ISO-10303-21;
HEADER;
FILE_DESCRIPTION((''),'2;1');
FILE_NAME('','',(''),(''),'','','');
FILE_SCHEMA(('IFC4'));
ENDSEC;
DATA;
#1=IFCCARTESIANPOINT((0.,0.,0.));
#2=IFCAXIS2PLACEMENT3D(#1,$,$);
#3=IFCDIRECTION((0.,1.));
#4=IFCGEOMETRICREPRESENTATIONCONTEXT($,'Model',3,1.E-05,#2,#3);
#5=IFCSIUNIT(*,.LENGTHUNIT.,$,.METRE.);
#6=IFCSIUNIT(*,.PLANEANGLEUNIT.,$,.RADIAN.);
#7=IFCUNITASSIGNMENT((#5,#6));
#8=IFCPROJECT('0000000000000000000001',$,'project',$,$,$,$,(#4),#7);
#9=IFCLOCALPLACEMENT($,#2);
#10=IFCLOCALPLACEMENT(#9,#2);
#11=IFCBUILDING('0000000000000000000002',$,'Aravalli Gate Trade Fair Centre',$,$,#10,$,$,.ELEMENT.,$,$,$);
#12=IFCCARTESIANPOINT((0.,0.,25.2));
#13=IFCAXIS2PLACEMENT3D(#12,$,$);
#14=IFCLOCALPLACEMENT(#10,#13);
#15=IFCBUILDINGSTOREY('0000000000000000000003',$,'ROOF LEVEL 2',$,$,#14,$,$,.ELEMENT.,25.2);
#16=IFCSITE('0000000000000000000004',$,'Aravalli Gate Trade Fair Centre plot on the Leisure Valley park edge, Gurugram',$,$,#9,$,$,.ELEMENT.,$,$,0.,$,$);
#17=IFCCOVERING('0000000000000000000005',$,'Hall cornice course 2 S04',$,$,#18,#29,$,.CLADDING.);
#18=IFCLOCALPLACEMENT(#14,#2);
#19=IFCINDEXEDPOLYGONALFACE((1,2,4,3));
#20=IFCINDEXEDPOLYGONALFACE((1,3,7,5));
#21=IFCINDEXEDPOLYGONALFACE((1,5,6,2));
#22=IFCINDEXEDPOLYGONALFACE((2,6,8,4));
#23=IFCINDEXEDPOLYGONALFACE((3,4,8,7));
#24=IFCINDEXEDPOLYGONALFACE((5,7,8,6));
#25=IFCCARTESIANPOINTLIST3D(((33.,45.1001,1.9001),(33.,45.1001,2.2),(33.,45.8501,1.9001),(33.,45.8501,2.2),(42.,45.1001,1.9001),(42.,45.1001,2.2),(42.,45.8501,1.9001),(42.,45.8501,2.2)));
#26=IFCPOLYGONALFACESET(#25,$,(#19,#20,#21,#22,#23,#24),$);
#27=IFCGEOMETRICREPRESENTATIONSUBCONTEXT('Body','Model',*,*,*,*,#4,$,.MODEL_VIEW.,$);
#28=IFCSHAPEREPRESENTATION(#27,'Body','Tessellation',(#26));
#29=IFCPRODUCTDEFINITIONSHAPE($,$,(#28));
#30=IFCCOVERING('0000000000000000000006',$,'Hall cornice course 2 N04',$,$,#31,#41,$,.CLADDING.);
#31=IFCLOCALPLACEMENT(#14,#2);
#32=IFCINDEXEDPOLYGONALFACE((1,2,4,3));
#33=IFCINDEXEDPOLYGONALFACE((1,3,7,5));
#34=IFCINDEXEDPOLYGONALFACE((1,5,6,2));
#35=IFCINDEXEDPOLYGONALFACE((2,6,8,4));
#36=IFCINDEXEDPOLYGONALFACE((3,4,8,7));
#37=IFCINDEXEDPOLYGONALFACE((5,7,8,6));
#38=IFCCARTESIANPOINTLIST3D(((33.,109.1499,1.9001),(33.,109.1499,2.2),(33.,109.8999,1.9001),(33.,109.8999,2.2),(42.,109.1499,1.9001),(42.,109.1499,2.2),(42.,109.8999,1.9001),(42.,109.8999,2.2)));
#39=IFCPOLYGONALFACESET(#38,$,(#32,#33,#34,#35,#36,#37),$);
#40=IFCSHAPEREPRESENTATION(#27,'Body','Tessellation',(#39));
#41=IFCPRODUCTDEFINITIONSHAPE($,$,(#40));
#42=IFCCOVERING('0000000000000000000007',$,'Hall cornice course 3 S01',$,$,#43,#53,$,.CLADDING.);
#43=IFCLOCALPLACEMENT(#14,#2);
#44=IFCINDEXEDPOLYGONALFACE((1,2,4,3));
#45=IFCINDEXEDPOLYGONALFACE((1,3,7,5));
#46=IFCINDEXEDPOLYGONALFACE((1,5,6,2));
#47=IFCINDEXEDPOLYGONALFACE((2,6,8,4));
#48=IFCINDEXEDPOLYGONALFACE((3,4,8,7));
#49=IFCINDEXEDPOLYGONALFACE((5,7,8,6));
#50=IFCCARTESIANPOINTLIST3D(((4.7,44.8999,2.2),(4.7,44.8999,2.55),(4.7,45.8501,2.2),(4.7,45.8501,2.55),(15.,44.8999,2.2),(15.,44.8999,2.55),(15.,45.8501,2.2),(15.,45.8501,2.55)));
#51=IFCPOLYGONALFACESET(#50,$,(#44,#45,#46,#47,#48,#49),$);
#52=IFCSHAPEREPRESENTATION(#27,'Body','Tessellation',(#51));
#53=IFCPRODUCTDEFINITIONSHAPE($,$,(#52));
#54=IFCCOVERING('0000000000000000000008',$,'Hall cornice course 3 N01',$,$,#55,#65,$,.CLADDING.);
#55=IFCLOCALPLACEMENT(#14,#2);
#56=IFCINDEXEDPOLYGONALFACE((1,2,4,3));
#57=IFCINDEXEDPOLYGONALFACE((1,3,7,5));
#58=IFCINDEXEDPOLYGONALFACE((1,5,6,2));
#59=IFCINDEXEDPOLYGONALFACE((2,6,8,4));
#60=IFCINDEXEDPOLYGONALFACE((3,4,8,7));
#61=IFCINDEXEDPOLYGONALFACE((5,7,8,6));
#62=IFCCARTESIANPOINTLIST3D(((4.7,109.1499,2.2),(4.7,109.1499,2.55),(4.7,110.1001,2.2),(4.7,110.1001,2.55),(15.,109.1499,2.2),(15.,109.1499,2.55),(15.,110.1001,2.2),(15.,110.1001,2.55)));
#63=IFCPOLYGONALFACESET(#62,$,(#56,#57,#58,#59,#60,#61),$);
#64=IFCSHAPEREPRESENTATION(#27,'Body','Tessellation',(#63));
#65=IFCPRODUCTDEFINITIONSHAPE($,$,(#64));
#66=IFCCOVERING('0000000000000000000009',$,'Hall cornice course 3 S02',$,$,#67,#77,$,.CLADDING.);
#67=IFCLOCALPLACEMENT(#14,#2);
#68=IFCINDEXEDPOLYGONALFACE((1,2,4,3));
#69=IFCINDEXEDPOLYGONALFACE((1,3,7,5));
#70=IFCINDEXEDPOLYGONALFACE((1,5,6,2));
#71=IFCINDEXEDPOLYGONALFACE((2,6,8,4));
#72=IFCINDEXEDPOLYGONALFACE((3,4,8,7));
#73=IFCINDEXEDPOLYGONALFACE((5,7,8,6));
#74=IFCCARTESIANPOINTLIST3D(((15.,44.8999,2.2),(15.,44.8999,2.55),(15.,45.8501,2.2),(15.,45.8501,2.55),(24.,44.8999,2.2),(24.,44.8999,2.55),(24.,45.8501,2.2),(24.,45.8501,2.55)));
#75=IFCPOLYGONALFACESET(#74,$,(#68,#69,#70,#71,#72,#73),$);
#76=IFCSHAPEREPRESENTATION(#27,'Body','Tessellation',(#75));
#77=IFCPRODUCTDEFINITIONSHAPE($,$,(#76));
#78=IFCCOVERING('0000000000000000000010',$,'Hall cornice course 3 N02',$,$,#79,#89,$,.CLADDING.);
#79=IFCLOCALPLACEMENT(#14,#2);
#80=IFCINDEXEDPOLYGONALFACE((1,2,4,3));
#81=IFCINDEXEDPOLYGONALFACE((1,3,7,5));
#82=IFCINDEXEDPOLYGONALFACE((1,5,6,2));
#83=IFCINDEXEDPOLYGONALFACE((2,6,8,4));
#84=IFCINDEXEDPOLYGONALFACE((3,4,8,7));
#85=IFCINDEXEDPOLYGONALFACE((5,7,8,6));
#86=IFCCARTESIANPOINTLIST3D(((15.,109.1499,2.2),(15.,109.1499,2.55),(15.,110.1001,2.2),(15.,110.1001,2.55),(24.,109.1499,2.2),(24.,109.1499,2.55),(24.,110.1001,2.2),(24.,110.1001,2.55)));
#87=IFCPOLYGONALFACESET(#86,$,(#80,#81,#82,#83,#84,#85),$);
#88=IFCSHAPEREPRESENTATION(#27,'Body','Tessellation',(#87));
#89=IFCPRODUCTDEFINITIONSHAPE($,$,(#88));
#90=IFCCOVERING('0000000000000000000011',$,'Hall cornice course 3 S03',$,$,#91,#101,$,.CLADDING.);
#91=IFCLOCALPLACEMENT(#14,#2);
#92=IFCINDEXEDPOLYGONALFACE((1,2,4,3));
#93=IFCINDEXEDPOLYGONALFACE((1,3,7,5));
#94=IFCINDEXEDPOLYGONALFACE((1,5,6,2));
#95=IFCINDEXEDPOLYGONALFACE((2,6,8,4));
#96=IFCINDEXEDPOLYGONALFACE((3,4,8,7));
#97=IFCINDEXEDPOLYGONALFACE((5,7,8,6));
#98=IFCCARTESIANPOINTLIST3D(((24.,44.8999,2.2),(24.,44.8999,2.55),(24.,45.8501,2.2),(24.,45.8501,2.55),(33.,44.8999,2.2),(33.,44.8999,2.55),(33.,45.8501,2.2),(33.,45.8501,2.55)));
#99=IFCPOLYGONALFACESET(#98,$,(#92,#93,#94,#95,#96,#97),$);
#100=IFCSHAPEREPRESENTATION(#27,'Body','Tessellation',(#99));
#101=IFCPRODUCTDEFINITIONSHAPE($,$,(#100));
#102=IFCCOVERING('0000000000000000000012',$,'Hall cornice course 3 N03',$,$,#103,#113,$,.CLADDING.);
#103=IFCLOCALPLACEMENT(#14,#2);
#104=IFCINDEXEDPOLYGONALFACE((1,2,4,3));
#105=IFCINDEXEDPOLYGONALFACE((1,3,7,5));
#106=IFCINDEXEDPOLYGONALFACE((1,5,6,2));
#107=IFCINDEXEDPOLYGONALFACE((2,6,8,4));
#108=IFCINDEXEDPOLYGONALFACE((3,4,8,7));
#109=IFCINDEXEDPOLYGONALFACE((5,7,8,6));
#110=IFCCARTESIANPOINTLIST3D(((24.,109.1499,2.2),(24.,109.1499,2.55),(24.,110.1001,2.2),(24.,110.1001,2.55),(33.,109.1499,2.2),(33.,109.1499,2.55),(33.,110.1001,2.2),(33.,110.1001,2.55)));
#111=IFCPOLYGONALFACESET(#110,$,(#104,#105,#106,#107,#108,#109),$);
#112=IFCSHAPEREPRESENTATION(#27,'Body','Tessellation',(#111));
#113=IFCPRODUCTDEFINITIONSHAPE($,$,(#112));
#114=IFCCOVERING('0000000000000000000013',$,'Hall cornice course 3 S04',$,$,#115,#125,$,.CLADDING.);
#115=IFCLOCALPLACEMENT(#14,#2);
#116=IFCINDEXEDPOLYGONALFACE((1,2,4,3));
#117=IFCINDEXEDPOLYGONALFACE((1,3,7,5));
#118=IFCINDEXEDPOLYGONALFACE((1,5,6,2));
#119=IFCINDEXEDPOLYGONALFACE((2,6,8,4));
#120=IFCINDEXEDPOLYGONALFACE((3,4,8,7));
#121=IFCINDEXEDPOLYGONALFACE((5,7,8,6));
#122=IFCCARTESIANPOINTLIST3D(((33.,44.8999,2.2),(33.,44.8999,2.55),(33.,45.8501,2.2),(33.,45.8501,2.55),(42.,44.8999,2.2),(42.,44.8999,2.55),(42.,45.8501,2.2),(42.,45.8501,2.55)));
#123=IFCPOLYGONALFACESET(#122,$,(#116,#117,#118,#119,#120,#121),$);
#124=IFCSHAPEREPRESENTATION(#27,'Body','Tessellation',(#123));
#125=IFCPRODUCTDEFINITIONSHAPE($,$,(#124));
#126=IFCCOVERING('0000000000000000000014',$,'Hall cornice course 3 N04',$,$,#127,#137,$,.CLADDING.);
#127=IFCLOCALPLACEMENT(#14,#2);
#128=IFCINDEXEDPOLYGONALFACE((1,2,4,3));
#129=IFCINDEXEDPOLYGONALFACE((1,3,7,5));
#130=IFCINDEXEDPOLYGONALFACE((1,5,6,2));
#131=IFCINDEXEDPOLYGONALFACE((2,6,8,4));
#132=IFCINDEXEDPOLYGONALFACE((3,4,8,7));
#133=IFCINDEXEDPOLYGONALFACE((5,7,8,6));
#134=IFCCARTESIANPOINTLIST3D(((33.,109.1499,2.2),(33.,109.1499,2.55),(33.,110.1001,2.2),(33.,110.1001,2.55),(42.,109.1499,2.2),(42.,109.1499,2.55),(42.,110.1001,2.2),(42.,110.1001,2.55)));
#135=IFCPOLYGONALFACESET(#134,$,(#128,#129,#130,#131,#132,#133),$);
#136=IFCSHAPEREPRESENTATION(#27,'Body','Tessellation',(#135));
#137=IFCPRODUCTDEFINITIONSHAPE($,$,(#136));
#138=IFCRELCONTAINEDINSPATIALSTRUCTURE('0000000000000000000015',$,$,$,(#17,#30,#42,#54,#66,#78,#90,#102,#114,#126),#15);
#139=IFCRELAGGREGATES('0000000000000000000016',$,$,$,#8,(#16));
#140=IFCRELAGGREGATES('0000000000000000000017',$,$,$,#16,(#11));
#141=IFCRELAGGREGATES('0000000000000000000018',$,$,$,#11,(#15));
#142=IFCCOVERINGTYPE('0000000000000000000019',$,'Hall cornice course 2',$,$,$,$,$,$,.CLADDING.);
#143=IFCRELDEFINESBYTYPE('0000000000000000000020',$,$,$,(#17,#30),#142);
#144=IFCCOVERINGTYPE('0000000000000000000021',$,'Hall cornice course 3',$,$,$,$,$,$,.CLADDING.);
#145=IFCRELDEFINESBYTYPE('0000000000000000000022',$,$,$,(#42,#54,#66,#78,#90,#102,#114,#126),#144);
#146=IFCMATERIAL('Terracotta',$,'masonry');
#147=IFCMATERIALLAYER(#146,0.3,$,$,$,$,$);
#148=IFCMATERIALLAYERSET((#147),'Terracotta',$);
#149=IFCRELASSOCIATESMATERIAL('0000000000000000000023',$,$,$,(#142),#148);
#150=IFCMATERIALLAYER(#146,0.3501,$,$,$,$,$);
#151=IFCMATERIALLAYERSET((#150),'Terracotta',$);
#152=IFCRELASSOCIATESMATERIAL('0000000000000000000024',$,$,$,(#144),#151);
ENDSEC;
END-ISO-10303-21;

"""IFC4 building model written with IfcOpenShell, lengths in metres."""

from ifc_helpers import new_model, si_unit, direction, frame, origin, place, context, subcontext, project, spatial, polyline, outline, extrude, material, layer, layer_set, type_object, element, save


model = new_model("IFC4")

# Units and contexts
model_context = context("Model", 3, precision=1e-05, world=origin(), true_north=direction((0.0, 1.0)))
body_context = subcontext(model_context, "Body", "Model", "MODEL_VIEW")
ifc_project = project(units=[si_unit("LENGTHUNIT", "METRE"), si_unit("PLANEANGLEUNIT", "RADIAN")], contexts=[model_context])

# Site, building, storey
site_placement = place(None, origin())
site = spatial("IfcSite", under=ifc_project, at=site_placement, Name="Aravalli Gate Trade Fair Centre plot on the Leisure Valley park edge, Gurugram", CompositionType="ELEMENT", RefElevation=0.0)
building_placement = place(site_placement, origin())
building = spatial("IfcBuilding", under=site, at=building_placement, Name="Aravalli Gate Trade Fair Centre", CompositionType="ELEMENT")
storey_placement = place(building_placement, frame((0.0, 0.0, 25.2)))
storey = spatial("IfcBuildingStorey", under=building, at=storey_placement, Name="ROOF LEVEL 2", CompositionType="ELEMENT", Elevation=25.2)

# Coverings
ifc_material = material(Name="Terracotta", Category="masonry")
ifc_layer_1 = layer(ifc_material, 0.3)
ifc_layer_set_1 = layer_set([ifc_layer_1], Name="Terracotta")
covering_type_1 = type_object("IfcCoveringType", Name="Hall cornice course 2", PredefinedType="CLADDING", material=ifc_layer_set_1)
covering_1_placement = place(storey_placement, frame((0.0, 0.0, 1.9001)))
element("IfcCovering", 1, at=covering_1_placement, inside=storey, type_object=covering_type_1, Name="Hall cornice course 2 S04", PredefinedType="CLADDING", context=body_context, shape_type="SweptSolid", body=[
    extrude(outline(polyline([(33.0, 45.1001), (42.0, 45.1001), (42.0, 45.8501), (33.0, 45.8501), (33.0, 45.1001)])), origin(), (0.0, 0.0, 1.0), 0.2998),
])
covering_2_placement = place(storey_placement, frame((0.0, 0.0, 1.9001)))
element("IfcCovering", 2, at=covering_2_placement, inside=storey, type_object=covering_type_1, Name="Hall cornice course 2 N04", PredefinedType="CLADDING", context=body_context, shape_type="SweptSolid", body=[
    extrude(outline(polyline([(33.0, 109.1499), (42.0, 109.1499), (42.0, 109.8999), (33.0, 109.8999), (33.0, 109.1499)])), origin(), (0.0, 0.0, 1.0), 0.2998),
])
ifc_layer_2 = layer(ifc_material, 0.3501)
ifc_layer_set_2 = layer_set([ifc_layer_2], Name="Terracotta")
covering_type_2 = type_object("IfcCoveringType", Name="Hall cornice course 3", PredefinedType="CLADDING", material=ifc_layer_set_2)
covering_3_placement = place(storey_placement, frame((0.0, 0.0, 2.2)))
element("IfcCovering", 3, at=covering_3_placement, inside=storey, type_object=covering_type_2, Name="Hall cornice course 3 S01", PredefinedType="CLADDING", context=body_context, shape_type="SweptSolid", body=[
    extrude(outline(polyline([(4.7, 44.8999), (15.0, 44.8999), (15.0, 45.8501), (4.7, 45.8501), (4.7, 44.8999)])), origin(), (0.0, 0.0, 1.0), 0.3501),
])
covering_4_placement = place(storey_placement, frame((0.0, 0.0, 2.2)))
element("IfcCovering", 4, at=covering_4_placement, inside=storey, type_object=covering_type_2, Name="Hall cornice course 3 N01", PredefinedType="CLADDING", context=body_context, shape_type="SweptSolid", body=[
    extrude(outline(polyline([(4.7, 109.1499), (15.0, 109.1499), (15.0, 110.1001), (4.7, 110.1001), (4.7, 109.1499)])), origin(), (0.0, 0.0, 1.0), 0.3501),
])
covering_5_placement = place(storey_placement, frame((0.0, 0.0, 2.2)))
element("IfcCovering", 5, at=covering_5_placement, inside=storey, type_object=covering_type_2, Name="Hall cornice course 3 S02", PredefinedType="CLADDING", context=body_context, shape_type="SweptSolid", body=[
    extrude(outline(polyline([(15.0, 44.8999), (24.0, 44.8999), (24.0, 45.8501), (15.0, 45.8501), (15.0, 44.8999)])), origin(), (0.0, 0.0, 1.0), 0.3501),
])
covering_6_placement = place(storey_placement, frame((0.0, 0.0, 2.2)))
element("IfcCovering", 6, at=covering_6_placement, inside=storey, type_object=covering_type_2, Name="Hall cornice course 3 N02", PredefinedType="CLADDING", context=body_context, shape_type="SweptSolid", body=[
    extrude(outline(polyline([(15.0, 109.1499), (24.0, 109.1499), (24.0, 110.1001), (15.0, 110.1001), (15.0, 109.1499)])), origin(), (0.0, 0.0, 1.0), 0.3501),
])
covering_7_placement = place(storey_placement, frame((0.0, 0.0, 2.2)))
element("IfcCovering", 7, at=covering_7_placement, inside=storey, type_object=covering_type_2, Name="Hall cornice course 3 S03", PredefinedType="CLADDING", context=body_context, shape_type="SweptSolid", body=[
    extrude(outline(polyline([(24.0, 44.8999), (33.0, 44.8999), (33.0, 45.8501), (24.0, 45.8501), (24.0, 44.8999)])), origin(), (0.0, 0.0, 1.0), 0.3501),
])
covering_8_placement = place(storey_placement, frame((0.0, 0.0, 2.2)))
element("IfcCovering", 8, at=covering_8_placement, inside=storey, type_object=covering_type_2, Name="Hall cornice course 3 N03", PredefinedType="CLADDING", context=body_context, shape_type="SweptSolid", body=[
    extrude(outline(polyline([(24.0, 109.1499), (33.0, 109.1499), (33.0, 110.1001), (24.0, 110.1001), (24.0, 109.1499)])), origin(), (0.0, 0.0, 1.0), 0.3501),
])
covering_9_placement = place(storey_placement, frame((0.0, 0.0, 2.2)))
element("IfcCovering", 9, at=covering_9_placement, inside=storey, type_object=covering_type_2, Name="Hall cornice course 3 S04", PredefinedType="CLADDING", context=body_context, shape_type="SweptSolid", body=[
    extrude(outline(polyline([(33.0, 44.8999), (42.0, 44.8999), (42.0, 45.8501), (33.0, 45.8501), (33.0, 44.8999)])), origin(), (0.0, 0.0, 1.0), 0.3501),
])
covering_10_placement = place(storey_placement, frame((0.0, 0.0, 2.2)))
element("IfcCovering", 10, at=covering_10_placement, inside=storey, type_object=covering_type_2, Name="Hall cornice course 3 N04", PredefinedType="CLADDING", context=body_context, shape_type="SweptSolid", body=[
    extrude(outline(polyline([(33.0, 109.1499), (42.0, 109.1499), (42.0, 110.1001), (33.0, 110.1001), (33.0, 109.1499)])), origin(), (0.0, 0.0, 1.0), 0.3501),
])

save(model, "model.ifc")
